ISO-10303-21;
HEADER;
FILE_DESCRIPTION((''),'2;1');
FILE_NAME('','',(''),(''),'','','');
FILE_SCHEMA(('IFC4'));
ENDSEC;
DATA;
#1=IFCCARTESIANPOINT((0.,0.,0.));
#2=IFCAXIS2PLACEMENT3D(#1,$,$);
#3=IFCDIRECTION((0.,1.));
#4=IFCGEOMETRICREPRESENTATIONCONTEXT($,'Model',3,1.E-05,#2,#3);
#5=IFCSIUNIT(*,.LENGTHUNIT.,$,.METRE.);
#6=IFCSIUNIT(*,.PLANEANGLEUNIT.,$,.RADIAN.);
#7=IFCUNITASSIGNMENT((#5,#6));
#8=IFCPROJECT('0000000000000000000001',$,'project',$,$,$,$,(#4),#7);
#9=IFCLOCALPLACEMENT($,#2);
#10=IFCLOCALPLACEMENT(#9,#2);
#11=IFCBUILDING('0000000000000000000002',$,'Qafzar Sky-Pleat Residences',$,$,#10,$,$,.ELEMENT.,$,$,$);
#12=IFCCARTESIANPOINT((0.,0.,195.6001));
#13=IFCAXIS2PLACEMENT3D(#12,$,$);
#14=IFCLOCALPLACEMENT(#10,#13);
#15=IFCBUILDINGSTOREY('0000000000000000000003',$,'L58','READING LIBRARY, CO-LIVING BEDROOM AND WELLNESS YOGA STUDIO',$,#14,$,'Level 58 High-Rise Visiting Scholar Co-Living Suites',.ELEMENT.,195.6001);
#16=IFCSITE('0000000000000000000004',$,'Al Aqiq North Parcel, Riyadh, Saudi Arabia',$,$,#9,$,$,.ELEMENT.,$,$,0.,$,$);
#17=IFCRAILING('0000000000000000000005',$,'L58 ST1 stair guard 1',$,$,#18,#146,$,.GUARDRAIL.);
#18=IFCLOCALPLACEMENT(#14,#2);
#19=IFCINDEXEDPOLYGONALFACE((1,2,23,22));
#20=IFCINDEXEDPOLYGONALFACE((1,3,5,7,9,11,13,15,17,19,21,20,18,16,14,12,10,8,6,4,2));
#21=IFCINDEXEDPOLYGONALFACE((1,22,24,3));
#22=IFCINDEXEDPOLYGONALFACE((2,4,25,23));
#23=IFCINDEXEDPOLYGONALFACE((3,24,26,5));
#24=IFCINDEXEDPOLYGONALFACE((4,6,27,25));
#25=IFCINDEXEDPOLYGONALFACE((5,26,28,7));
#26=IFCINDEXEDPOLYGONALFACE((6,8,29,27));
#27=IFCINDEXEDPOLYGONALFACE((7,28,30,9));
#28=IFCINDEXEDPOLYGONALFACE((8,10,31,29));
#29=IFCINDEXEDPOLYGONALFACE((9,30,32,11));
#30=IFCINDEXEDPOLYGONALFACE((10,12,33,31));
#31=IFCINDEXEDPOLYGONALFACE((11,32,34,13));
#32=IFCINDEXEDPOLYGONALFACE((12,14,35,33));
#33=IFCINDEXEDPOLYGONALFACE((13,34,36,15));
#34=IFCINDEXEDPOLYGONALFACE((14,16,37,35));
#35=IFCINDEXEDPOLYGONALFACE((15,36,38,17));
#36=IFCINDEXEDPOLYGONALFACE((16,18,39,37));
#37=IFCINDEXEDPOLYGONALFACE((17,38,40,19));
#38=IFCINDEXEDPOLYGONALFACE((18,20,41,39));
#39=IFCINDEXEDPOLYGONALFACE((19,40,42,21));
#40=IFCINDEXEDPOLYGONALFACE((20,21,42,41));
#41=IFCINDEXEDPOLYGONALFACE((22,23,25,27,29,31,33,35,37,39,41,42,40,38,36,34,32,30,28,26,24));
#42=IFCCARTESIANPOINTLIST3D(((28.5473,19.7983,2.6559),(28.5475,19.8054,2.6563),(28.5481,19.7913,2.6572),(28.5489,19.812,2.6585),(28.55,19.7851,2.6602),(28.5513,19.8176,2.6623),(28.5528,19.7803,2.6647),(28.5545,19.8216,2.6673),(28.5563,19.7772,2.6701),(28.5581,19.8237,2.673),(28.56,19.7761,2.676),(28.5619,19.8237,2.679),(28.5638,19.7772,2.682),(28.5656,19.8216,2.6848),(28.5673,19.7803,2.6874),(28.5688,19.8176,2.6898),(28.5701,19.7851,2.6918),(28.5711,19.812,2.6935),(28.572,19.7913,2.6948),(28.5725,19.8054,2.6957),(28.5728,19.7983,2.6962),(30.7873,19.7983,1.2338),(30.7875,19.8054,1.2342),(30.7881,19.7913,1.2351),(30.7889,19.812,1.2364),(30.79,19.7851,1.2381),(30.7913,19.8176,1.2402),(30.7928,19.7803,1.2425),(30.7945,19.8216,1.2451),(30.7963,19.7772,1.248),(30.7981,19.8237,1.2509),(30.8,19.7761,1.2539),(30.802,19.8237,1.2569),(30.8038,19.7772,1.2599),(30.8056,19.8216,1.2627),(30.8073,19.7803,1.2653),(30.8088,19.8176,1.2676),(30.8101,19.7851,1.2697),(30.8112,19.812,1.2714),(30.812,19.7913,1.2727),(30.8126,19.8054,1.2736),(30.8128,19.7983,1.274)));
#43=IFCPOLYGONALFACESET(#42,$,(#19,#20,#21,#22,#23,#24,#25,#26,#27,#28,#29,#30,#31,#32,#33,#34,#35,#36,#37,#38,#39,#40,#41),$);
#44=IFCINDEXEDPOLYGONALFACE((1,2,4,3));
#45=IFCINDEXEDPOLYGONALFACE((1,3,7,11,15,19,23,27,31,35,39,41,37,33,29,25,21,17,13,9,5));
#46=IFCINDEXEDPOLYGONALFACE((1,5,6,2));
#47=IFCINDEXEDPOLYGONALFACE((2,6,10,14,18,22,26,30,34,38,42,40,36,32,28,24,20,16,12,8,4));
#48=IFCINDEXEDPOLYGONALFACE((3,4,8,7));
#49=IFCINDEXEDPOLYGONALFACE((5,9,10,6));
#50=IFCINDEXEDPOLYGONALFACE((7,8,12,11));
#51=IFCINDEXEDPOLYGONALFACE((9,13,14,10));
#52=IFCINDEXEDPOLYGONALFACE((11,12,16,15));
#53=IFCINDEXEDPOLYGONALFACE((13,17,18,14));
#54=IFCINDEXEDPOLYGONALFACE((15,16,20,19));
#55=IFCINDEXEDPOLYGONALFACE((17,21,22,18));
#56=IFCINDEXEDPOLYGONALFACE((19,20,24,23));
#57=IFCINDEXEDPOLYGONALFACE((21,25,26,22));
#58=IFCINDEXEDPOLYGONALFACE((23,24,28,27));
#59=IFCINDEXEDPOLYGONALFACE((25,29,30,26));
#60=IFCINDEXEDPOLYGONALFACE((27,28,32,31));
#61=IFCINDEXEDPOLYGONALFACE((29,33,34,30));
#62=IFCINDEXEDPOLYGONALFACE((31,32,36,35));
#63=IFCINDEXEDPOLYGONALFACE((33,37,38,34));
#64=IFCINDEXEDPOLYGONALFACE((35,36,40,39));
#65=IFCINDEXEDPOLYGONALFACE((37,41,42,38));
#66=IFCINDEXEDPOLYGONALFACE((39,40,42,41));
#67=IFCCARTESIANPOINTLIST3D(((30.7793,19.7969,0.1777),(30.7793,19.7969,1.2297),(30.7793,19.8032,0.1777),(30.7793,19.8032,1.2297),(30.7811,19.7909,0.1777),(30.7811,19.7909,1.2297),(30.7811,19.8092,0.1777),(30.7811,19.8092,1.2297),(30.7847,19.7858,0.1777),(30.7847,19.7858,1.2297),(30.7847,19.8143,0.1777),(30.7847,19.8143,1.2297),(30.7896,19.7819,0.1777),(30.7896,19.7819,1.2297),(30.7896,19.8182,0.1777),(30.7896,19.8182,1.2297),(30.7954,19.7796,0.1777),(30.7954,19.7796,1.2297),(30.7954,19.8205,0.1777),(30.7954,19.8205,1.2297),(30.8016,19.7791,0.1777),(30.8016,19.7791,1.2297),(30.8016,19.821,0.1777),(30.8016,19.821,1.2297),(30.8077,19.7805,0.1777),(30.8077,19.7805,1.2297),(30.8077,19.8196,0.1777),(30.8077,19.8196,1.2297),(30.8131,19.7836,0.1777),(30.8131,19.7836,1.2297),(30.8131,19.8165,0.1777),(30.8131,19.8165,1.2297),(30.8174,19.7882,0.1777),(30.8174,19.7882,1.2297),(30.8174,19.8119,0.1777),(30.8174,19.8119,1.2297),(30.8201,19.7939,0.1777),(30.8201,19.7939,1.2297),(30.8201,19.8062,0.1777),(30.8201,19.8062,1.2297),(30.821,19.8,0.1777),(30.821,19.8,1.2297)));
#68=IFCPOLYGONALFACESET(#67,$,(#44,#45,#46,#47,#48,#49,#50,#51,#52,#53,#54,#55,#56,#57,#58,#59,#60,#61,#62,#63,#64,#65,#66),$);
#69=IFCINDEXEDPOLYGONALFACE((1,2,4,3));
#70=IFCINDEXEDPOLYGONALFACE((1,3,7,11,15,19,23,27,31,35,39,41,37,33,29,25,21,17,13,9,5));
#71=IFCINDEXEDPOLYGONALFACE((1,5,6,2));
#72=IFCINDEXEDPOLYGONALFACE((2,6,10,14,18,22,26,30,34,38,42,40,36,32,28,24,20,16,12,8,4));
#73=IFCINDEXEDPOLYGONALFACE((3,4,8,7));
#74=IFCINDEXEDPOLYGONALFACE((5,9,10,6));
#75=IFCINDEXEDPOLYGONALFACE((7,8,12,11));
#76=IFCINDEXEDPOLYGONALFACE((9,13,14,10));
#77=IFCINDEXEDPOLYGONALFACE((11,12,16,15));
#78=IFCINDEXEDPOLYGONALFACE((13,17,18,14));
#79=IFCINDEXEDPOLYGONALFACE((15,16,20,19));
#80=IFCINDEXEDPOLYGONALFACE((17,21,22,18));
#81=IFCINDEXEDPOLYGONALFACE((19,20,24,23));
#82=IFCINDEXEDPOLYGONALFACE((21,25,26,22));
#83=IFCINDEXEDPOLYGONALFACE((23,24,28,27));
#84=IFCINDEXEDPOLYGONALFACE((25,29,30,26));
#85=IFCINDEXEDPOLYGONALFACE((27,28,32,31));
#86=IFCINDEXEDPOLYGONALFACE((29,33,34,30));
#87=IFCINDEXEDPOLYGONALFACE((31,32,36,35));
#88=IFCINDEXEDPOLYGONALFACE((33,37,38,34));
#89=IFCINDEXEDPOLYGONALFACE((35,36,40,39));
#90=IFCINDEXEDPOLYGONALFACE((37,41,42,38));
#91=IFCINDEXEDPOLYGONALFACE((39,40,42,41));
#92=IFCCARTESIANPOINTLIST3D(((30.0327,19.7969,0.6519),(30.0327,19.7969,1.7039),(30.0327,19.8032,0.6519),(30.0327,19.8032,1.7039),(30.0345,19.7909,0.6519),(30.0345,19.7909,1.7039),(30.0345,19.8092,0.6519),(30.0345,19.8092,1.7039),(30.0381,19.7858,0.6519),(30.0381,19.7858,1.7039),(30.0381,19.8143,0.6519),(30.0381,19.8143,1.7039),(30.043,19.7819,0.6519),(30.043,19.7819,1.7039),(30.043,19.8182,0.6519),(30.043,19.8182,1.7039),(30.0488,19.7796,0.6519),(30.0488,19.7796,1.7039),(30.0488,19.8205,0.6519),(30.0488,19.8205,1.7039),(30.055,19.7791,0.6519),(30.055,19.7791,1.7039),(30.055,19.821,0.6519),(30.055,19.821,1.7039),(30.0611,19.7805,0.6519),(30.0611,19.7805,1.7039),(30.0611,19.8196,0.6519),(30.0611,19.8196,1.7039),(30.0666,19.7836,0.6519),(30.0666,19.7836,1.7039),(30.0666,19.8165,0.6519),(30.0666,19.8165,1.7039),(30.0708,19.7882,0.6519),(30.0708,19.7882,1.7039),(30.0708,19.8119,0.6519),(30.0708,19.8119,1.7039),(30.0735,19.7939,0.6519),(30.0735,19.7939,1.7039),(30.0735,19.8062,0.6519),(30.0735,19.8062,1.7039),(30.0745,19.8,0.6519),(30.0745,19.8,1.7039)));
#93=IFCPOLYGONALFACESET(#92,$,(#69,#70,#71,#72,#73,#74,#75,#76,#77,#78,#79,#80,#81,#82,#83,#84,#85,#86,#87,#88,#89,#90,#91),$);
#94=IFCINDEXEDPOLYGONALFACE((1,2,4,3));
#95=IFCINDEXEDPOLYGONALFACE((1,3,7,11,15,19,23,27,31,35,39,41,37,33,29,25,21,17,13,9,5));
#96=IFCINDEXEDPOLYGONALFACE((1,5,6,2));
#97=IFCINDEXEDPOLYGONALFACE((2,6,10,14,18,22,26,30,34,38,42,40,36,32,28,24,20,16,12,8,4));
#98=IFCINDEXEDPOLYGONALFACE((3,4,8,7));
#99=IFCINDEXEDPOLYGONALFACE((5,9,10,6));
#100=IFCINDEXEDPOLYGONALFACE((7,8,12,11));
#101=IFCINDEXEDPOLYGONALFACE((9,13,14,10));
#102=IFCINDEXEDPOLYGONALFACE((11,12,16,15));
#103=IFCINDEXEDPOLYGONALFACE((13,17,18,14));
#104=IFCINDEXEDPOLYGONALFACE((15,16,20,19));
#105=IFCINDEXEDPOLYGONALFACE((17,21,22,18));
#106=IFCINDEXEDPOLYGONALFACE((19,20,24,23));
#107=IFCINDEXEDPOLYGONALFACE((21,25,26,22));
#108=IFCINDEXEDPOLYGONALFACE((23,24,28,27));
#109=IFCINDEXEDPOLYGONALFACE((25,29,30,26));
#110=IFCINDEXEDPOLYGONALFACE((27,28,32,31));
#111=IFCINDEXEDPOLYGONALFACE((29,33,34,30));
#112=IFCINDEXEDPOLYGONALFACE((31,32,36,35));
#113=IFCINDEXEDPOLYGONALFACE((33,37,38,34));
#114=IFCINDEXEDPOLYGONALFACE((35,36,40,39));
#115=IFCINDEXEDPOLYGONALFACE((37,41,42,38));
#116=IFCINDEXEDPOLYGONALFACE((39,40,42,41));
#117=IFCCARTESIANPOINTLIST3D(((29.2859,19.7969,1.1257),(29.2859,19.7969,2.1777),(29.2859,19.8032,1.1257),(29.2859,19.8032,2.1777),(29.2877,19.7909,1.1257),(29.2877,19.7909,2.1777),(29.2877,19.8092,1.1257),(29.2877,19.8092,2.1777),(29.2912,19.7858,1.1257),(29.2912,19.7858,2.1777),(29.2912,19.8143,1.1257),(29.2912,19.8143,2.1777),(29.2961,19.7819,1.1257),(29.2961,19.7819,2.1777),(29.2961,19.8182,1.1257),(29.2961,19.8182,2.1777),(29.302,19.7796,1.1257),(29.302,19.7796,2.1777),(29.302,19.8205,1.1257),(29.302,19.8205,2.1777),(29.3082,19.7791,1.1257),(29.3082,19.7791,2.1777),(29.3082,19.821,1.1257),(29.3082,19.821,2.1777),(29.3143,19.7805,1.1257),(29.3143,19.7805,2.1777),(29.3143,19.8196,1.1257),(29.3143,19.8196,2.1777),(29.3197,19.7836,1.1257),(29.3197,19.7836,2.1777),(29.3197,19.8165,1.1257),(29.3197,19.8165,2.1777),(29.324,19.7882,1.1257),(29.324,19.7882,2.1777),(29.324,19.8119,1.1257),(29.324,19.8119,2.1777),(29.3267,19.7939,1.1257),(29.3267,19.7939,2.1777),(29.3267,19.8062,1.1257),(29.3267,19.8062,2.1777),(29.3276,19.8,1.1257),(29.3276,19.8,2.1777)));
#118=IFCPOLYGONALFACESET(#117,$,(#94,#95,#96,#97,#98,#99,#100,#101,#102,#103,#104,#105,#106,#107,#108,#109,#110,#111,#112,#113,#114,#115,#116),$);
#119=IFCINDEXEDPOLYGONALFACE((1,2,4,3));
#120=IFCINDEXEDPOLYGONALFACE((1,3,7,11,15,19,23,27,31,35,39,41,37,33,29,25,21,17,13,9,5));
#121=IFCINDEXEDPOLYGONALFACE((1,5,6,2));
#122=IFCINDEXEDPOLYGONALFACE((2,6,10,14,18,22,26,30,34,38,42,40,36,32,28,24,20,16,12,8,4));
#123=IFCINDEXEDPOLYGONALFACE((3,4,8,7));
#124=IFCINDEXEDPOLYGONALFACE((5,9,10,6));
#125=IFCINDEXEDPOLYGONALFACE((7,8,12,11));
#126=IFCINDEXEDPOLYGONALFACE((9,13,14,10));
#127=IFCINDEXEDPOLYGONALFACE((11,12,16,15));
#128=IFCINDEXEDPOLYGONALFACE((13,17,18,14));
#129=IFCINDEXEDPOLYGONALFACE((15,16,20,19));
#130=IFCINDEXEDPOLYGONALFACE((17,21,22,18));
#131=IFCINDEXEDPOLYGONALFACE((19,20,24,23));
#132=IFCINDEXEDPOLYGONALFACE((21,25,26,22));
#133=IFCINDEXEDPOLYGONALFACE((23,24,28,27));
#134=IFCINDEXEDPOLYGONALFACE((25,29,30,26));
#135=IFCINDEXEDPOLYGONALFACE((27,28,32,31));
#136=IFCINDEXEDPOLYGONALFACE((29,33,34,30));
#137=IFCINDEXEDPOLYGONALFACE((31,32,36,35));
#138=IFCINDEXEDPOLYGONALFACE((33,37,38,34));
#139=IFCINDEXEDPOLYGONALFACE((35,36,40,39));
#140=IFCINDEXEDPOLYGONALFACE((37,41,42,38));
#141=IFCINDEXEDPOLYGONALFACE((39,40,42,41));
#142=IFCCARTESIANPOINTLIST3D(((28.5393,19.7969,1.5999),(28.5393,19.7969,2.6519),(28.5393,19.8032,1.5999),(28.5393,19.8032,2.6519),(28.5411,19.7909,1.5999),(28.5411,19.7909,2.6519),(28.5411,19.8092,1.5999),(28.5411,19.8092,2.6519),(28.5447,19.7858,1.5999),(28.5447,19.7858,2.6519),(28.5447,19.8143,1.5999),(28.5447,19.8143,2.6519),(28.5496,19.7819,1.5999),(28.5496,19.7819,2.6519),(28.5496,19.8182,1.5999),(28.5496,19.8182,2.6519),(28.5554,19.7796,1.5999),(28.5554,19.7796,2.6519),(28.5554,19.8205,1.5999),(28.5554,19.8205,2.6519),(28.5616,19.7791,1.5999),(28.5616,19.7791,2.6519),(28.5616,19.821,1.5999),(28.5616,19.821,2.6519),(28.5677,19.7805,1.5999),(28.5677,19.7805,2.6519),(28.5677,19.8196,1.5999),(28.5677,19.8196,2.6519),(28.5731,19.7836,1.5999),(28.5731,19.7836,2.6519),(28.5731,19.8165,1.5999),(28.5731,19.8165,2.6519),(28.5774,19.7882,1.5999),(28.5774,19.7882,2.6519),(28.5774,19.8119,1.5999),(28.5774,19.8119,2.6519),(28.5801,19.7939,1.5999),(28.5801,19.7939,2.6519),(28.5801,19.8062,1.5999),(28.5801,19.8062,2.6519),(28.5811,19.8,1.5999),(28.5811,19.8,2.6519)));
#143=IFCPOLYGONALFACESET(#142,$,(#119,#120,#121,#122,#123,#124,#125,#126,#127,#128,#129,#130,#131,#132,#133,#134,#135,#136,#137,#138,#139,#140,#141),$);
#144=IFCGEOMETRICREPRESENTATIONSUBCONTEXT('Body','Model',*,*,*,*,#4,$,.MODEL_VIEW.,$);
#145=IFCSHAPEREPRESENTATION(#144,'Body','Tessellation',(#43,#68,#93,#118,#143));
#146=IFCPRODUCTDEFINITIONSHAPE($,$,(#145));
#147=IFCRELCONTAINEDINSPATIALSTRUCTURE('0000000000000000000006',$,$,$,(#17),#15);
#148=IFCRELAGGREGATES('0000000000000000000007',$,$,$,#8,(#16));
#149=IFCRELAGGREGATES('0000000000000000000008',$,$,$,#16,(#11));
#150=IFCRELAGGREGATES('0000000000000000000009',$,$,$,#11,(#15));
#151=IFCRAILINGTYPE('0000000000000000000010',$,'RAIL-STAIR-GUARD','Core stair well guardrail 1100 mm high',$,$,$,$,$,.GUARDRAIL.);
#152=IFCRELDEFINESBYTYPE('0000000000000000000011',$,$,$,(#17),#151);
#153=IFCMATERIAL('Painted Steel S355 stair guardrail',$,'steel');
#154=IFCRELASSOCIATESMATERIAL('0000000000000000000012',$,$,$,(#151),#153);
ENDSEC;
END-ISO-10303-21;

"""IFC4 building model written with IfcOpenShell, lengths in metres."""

from ifc_helpers import new_model, si_unit, direction, frame, origin, origin_2d, place, context, subcontext, project, spatial, circle, extrude, source, transform, mapped, material, type_object, element, save


model = new_model("IFC4")

# Units and contexts
model_context = context("Model", 3, precision=1e-05, world=origin(), true_north=direction((0.0, 1.0)))
body_context = subcontext(model_context, "Body", "Model", "MODEL_VIEW")
ifc_project = project(units=[si_unit("LENGTHUNIT", "METRE"), si_unit("PLANEANGLEUNIT", "RADIAN")], contexts=[model_context])

# Site, building, storey
site_placement = place(None, origin())
site = spatial("IfcSite", under=ifc_project, at=site_placement, Name="Al Aqiq North Parcel, Riyadh, Saudi Arabia", CompositionType="ELEMENT", RefElevation=0.0)
building_placement = place(site_placement, origin())
building = spatial("IfcBuilding", under=site, at=building_placement, Name="Qafzar Sky-Pleat Residences", CompositionType="ELEMENT")
storey_placement = place(building_placement, frame((0.0, 0.0, 195.6001)))
storey = spatial("IfcBuildingStorey", under=building, at=storey_placement, Name="L58", Description="READING LIBRARY, CO-LIVING BEDROOM AND WELLNESS YOGA STUDIO", LongName="Level 58 High-Rise Visiting Scholar Co-Living Suites", CompositionType="ELEMENT", Elevation=195.6001)

# Railing
ifc_material_1 = material(Name="Painted Steel S355 stair guardrail", Category="steel")
railing_type_1 = type_object("IfcRailingType", Name="RAIL-STAIR-GUARD", Description="Core stair well guardrail 1100 mm high", PredefinedType="GUARDRAIL", material=ifc_material_1)
shared_shape_1 = source(origin(), body_context, "Body", "SweptSolid", [
    extrude(circle(Radius=0.0239, at=origin_2d()), frame((0.0, 0.0, 1.0762), z_axis=(-0.844229, 0.0, 0.535982), x_axis=(0.0, -1.0, 0.0)), (0.0, 0.0, 1.0), 2.6533),
    extrude(circle(Radius=0.021, at=origin_2d()), origin(), (0.0, 0.0, 1.0), 1.052),
    extrude(circle(Radius=0.021, at=origin_2d()), frame((-0.7466, 0.0, 0.4741)), (0.0, 0.0, 1.0), 1.052),
    extrude(circle(Radius=0.021, at=origin_2d()), frame((-1.4934, 0.0, 0.948)), (0.0, 0.0, 1.0), 1.052),
    extrude(circle(Radius=0.021, at=origin_2d()), frame((-2.24, 0.0, 1.4221)), (0.0, 0.0, 1.0), 1.052),
])
railing_1_placement = place(storey_placement, frame((30.8, 19.8, 0.1777)))
element("IfcRailing", 1, at=railing_1_placement, inside=storey, type_object=railing_type_1, Name="L58 ST1 stair guard 1", PredefinedType="GUARDRAIL", context=body_context, shape_type="MappedRepresentation", body=[
    mapped(shared_shape_1, transform((0.0, 0.0, 0.0), x_axis=(1.0, 0.0, 0.0), y_axis=(0.0, 1.0, 0.0), z_axis=(0.0, 0.0, 1.0), scale=1.0)),
])

save(model, "model.ifc")
